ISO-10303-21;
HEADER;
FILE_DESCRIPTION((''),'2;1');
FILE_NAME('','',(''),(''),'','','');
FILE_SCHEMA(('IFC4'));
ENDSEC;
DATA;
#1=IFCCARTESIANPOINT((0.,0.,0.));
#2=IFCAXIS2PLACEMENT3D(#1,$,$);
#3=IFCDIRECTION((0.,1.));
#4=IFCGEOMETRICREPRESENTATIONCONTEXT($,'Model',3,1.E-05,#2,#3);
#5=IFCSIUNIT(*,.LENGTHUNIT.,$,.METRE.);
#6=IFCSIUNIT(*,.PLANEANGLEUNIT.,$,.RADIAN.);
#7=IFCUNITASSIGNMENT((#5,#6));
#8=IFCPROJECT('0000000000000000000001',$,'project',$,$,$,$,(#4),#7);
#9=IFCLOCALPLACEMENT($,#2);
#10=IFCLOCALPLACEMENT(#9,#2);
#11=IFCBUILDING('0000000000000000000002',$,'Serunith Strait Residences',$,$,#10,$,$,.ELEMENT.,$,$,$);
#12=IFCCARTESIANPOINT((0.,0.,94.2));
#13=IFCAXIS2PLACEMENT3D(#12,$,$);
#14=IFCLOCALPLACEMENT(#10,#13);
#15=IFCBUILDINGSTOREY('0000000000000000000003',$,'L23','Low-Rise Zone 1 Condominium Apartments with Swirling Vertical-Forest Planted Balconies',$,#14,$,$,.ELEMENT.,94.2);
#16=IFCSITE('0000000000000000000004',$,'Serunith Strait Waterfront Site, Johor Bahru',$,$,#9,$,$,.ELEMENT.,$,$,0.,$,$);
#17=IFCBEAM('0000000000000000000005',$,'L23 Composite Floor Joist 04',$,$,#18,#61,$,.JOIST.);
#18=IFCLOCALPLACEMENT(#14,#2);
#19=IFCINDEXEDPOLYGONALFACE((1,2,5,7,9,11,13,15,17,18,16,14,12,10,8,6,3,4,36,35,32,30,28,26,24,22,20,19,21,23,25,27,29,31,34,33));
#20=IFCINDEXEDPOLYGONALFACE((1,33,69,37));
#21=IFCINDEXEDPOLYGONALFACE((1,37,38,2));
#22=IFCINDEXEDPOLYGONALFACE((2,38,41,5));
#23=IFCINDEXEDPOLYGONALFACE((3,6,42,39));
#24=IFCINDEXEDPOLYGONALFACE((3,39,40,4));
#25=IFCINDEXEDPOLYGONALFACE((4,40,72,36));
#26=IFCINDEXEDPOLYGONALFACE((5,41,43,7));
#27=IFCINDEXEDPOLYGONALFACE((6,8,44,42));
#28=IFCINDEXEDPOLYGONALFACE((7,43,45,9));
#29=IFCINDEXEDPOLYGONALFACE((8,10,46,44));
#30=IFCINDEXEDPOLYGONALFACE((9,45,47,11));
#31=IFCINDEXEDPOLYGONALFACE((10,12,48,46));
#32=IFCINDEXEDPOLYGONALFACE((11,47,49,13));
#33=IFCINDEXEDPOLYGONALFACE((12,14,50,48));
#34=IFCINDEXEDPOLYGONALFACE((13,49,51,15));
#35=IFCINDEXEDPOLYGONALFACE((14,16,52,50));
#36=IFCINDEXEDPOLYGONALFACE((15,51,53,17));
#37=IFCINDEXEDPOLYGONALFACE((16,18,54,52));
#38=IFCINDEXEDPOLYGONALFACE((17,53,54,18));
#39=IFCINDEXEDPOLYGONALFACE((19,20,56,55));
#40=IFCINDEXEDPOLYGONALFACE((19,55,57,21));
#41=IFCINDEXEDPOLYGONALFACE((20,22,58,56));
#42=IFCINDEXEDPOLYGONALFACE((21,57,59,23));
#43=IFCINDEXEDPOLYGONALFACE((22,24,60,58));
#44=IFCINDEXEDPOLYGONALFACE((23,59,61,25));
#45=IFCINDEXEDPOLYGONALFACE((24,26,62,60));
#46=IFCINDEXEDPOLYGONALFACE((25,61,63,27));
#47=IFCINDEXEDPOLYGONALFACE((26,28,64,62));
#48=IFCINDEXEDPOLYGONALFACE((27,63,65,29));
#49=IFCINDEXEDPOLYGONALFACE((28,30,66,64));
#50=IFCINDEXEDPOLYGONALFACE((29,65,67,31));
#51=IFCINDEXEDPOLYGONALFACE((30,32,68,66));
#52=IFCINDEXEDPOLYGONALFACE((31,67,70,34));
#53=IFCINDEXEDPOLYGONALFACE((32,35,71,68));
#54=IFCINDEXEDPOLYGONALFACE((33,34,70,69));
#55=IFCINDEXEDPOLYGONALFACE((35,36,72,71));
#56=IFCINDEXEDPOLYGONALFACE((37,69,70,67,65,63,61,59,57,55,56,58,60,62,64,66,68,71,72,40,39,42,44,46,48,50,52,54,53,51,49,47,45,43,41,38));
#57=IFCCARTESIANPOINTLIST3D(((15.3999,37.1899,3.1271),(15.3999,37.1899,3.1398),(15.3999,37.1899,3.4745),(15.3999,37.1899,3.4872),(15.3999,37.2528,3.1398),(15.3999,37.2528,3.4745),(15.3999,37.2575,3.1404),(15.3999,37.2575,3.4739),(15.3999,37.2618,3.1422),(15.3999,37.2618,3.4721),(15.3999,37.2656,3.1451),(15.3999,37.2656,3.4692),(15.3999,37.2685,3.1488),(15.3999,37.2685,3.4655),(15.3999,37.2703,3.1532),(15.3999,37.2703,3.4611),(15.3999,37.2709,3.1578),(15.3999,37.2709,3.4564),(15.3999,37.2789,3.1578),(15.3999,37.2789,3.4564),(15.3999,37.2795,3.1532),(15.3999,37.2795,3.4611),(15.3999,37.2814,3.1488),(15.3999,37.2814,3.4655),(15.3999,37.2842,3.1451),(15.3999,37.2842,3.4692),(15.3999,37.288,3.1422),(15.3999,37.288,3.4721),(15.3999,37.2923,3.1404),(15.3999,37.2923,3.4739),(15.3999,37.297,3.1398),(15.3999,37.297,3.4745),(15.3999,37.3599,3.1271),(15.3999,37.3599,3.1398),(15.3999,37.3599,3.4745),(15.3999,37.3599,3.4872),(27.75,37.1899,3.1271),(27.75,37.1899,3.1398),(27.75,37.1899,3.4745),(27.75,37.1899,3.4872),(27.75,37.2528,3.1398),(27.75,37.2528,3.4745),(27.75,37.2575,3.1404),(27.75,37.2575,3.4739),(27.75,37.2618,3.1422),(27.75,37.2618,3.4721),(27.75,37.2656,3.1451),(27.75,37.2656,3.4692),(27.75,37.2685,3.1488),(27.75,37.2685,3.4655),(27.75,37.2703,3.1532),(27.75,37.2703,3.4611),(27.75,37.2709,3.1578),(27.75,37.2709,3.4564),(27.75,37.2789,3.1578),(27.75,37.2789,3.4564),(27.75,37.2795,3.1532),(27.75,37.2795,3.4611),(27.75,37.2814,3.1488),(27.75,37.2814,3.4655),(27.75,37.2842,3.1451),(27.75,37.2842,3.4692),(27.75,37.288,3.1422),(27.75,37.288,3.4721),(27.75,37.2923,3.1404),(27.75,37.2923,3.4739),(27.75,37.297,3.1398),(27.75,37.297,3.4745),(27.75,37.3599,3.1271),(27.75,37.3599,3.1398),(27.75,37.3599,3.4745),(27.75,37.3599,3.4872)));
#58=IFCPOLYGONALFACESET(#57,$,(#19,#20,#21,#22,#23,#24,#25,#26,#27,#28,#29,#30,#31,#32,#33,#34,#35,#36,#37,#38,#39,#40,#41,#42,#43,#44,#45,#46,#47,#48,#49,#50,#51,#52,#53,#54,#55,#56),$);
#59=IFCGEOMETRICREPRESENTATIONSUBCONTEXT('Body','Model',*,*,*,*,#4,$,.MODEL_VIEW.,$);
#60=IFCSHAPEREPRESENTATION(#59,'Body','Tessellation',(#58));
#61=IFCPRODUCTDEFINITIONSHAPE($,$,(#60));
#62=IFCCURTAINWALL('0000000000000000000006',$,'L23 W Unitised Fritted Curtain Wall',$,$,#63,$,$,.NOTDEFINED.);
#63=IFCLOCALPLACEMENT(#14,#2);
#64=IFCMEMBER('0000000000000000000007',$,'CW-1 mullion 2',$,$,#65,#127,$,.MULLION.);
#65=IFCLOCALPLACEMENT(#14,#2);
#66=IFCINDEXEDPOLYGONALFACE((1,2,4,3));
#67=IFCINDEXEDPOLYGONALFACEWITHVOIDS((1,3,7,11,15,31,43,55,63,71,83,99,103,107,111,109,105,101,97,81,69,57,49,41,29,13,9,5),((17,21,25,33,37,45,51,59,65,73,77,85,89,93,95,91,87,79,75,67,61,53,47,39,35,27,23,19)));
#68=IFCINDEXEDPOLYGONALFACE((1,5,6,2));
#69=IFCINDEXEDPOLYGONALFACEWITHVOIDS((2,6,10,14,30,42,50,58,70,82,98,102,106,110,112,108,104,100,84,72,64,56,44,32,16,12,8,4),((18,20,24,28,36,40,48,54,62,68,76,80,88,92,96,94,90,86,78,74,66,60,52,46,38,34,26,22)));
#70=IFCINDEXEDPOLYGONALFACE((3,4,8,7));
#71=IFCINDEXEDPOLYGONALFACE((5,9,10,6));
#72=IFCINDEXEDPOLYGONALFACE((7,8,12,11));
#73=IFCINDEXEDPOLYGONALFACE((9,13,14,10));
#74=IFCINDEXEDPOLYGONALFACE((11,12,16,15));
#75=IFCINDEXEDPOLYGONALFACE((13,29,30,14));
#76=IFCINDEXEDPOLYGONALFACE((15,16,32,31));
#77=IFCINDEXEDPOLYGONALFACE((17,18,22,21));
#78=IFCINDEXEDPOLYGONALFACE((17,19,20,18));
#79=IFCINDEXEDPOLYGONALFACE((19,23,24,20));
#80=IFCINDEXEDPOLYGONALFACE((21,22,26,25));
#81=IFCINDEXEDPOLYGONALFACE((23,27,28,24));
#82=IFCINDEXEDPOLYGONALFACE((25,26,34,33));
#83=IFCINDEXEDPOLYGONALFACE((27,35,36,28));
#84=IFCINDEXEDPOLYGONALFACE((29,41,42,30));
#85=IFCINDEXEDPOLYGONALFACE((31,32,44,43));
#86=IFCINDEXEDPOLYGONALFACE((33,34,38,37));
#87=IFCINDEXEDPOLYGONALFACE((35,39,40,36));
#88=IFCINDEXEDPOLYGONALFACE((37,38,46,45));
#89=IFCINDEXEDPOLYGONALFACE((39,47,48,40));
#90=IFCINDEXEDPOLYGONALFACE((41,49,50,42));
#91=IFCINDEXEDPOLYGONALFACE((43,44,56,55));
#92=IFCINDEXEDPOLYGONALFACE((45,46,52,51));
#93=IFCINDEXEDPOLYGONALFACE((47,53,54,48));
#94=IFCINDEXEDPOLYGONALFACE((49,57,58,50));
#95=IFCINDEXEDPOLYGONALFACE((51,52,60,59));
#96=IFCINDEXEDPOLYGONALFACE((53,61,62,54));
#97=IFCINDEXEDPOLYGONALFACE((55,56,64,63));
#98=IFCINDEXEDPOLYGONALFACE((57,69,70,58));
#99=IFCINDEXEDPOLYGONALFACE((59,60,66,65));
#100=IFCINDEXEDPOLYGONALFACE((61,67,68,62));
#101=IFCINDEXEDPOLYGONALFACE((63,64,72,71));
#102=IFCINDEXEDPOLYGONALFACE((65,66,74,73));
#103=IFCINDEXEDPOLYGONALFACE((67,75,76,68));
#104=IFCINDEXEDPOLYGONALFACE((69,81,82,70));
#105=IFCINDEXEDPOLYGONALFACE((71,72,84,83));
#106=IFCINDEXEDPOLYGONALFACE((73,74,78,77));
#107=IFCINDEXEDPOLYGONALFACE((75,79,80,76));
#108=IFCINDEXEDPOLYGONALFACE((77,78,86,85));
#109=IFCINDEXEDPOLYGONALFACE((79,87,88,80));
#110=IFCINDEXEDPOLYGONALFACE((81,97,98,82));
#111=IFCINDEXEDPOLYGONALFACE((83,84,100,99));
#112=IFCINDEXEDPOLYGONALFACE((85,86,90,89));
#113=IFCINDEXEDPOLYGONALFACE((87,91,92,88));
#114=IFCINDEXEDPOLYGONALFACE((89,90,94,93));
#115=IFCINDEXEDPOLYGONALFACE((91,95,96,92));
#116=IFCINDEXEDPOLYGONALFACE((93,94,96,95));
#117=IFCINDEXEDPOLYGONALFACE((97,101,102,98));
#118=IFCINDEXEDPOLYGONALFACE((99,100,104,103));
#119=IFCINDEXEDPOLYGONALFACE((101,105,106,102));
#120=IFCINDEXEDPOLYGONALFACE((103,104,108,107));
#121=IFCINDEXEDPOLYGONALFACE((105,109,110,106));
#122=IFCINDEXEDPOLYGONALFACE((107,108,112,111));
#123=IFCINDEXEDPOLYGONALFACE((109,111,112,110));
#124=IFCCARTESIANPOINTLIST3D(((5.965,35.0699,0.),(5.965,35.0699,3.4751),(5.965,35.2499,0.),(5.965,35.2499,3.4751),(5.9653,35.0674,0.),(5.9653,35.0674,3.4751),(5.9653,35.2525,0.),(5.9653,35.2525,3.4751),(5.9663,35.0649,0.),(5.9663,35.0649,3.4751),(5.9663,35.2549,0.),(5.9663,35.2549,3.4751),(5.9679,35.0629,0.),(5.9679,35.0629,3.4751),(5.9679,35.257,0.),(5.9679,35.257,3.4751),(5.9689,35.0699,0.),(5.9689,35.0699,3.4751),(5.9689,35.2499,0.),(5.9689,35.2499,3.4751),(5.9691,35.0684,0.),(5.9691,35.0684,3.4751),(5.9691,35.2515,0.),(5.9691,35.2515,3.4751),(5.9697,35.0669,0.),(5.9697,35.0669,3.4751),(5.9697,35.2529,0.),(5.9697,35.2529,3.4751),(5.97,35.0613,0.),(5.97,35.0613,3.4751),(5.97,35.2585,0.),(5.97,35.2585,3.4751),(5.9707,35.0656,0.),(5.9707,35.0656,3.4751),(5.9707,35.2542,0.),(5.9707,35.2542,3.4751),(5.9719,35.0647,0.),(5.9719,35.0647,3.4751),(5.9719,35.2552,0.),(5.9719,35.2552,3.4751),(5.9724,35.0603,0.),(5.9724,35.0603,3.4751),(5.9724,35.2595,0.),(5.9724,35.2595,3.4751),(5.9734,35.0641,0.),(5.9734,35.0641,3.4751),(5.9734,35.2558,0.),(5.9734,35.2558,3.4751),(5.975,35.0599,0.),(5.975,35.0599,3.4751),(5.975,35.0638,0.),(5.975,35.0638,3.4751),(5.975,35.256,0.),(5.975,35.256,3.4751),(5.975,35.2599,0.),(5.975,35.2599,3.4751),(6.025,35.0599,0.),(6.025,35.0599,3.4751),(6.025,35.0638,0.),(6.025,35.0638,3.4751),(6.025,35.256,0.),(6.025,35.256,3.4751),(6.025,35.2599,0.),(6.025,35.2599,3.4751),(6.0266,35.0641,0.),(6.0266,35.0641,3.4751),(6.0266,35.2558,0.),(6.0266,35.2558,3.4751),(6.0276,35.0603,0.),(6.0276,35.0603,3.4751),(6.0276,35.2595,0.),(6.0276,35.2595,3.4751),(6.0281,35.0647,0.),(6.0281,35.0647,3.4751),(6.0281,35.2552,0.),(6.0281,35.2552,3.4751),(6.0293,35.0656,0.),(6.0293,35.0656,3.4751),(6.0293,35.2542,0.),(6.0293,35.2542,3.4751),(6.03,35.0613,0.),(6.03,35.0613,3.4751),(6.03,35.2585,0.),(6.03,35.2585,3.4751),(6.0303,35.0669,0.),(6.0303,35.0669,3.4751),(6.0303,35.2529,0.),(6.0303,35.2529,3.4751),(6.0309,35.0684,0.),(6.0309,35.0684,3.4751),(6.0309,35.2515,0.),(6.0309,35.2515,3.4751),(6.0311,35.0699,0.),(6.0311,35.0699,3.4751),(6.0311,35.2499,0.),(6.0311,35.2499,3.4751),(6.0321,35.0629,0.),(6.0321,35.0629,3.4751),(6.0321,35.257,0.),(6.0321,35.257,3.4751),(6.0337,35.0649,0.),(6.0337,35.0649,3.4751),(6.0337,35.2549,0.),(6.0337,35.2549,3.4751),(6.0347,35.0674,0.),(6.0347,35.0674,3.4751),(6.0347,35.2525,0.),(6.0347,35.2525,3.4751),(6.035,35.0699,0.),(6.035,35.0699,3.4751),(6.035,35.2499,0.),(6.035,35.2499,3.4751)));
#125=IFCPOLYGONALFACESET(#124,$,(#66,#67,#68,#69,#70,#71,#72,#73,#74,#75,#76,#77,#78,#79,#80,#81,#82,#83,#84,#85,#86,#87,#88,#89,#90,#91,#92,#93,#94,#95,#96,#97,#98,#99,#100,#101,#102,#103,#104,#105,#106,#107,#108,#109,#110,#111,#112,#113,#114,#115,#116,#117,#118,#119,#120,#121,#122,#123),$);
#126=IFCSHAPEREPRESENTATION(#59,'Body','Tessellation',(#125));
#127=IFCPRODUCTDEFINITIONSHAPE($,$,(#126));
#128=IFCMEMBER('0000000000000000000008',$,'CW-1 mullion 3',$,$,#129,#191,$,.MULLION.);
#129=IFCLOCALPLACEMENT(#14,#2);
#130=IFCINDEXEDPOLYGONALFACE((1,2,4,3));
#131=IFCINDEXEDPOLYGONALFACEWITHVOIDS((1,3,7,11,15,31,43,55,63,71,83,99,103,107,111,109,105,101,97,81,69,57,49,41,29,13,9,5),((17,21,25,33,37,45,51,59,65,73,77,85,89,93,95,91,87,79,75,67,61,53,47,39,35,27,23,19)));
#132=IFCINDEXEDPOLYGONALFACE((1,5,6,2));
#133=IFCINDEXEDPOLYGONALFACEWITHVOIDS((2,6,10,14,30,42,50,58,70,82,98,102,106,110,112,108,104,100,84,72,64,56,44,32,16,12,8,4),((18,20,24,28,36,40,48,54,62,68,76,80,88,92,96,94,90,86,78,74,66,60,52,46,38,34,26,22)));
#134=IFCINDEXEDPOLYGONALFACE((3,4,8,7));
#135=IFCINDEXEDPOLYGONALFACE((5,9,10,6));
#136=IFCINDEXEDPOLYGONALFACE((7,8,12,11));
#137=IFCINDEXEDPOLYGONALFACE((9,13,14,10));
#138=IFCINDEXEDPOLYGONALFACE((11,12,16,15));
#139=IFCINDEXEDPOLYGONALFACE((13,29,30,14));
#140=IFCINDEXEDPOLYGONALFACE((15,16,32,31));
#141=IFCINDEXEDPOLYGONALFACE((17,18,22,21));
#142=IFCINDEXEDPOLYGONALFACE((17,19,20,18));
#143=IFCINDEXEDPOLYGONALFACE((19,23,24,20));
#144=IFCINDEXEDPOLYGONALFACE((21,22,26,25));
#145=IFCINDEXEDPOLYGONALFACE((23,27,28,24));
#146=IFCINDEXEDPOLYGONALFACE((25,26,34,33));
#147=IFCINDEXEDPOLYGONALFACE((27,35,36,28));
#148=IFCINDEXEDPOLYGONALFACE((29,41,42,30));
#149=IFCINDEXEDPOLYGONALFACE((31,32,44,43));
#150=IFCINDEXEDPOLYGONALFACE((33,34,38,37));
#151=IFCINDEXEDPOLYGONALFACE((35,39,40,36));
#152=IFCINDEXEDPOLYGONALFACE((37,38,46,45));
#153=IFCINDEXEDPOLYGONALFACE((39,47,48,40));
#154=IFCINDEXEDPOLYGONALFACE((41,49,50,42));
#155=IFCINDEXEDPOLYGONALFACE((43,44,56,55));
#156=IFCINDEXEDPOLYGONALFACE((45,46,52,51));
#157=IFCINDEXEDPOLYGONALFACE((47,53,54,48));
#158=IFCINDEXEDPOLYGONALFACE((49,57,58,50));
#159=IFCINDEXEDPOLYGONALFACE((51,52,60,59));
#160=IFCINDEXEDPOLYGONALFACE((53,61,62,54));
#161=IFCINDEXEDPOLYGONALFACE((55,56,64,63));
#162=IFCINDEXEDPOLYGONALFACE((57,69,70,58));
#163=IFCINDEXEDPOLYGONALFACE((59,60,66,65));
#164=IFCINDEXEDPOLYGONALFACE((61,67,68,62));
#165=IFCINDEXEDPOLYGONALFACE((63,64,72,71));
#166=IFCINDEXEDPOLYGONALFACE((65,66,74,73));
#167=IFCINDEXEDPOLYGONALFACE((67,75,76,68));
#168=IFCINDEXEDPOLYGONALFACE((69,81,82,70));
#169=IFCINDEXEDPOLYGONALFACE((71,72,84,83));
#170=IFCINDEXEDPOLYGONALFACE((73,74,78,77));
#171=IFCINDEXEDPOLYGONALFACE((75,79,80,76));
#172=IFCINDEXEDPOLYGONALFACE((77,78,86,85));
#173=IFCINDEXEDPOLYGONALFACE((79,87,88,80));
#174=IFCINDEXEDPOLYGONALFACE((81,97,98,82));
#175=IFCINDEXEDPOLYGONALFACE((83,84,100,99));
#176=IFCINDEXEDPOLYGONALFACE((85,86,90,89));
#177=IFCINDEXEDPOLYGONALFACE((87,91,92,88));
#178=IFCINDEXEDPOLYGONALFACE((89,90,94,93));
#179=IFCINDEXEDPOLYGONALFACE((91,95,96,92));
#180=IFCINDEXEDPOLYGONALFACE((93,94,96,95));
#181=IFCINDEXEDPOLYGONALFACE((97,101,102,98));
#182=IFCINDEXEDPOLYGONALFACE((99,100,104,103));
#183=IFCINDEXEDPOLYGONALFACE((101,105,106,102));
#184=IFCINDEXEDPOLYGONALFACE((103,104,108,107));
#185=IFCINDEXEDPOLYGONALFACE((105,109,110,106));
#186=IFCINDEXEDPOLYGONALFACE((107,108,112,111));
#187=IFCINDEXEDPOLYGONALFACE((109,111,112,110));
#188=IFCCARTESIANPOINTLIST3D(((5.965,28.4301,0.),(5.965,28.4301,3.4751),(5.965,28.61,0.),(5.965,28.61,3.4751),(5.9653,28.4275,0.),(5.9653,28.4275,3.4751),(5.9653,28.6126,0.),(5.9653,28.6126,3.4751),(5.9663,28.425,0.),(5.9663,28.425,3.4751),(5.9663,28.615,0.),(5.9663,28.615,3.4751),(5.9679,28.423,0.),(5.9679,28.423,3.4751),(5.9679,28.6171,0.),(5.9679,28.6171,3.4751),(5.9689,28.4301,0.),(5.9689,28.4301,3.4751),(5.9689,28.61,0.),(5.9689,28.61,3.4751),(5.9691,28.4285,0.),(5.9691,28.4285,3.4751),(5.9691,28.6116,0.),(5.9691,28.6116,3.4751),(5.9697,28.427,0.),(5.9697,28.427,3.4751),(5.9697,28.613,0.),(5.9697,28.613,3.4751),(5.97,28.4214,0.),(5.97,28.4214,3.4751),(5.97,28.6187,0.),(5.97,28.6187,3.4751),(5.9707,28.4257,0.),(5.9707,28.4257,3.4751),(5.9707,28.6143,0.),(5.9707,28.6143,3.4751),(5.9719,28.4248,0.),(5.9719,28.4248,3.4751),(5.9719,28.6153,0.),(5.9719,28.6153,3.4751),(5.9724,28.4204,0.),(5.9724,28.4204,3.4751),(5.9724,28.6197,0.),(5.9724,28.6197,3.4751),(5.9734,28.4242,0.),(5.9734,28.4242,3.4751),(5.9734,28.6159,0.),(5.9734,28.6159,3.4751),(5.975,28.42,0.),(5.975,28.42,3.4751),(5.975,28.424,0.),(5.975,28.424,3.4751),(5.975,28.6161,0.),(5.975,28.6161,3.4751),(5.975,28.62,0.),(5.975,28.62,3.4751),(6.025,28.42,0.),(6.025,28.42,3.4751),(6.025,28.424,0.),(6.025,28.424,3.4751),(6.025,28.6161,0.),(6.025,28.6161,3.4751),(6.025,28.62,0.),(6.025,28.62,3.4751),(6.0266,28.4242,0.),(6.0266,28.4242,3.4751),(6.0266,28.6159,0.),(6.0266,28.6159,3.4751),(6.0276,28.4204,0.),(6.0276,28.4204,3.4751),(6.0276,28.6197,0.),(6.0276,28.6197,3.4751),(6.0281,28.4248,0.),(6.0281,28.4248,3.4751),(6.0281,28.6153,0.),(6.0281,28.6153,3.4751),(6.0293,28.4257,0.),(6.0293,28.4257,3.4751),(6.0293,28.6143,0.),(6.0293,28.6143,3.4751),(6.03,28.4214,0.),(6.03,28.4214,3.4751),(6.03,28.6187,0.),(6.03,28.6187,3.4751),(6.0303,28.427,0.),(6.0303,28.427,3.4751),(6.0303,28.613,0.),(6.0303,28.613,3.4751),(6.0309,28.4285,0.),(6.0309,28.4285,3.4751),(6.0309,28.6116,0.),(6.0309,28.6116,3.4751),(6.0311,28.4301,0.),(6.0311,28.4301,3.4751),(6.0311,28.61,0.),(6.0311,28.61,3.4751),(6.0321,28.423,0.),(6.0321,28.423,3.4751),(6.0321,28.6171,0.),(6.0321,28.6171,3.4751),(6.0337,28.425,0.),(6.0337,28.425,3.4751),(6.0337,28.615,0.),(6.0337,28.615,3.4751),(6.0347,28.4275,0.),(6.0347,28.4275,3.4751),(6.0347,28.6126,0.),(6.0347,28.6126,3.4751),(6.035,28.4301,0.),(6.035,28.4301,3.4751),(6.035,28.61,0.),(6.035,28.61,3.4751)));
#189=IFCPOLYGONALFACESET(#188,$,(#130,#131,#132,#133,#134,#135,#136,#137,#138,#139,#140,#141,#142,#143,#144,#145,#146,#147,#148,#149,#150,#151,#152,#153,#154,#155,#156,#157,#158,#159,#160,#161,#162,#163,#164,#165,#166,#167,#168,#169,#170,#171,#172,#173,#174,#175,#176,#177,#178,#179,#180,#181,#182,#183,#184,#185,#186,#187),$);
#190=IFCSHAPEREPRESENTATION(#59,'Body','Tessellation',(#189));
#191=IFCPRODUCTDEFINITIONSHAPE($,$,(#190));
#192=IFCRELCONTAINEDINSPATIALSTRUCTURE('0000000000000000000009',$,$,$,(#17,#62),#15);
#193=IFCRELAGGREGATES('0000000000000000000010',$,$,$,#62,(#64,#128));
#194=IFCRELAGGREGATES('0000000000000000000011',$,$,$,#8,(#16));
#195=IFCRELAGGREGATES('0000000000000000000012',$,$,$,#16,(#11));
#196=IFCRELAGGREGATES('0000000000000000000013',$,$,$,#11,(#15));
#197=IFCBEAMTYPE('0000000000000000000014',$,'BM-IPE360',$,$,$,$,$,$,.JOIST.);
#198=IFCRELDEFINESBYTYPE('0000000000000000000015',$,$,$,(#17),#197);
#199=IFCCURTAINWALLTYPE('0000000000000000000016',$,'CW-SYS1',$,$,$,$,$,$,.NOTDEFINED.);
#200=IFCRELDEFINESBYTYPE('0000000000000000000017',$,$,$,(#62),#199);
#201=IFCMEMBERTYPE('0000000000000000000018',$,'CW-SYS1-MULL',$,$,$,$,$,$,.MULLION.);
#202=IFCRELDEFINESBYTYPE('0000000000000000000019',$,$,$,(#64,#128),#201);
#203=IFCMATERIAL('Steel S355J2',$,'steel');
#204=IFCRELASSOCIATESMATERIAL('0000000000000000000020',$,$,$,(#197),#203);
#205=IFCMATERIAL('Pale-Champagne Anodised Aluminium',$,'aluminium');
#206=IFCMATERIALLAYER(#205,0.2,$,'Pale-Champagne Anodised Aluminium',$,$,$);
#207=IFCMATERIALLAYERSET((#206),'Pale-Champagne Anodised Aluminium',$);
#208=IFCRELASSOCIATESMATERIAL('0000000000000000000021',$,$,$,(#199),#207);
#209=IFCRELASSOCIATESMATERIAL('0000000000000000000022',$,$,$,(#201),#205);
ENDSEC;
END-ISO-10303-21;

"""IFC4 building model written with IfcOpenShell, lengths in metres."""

from ifc_helpers import new_model, si_unit, direction, frame, origin, origin_2d, place, context, subcontext, project, spatial, hollow_rectangle, i_section, extrude, source, transform, mapped, material, layer, layer_set, material_profile, profile_set, type_object, element, aggregate, save


model = new_model("IFC4")

# Units and contexts
model_context = context("Model", 3, precision=1e-05, world=origin(), true_north=direction((0.0, 1.0)))
body_context = subcontext(model_context, "Body", "Model", "MODEL_VIEW")
ifc_project = project(units=[si_unit("LENGTHUNIT", "METRE"), si_unit("PLANEANGLEUNIT", "RADIAN")], contexts=[model_context])

# Site, building, storey
site_placement = place(None, origin())
site = spatial("IfcSite", under=ifc_project, at=site_placement, Name="Serunith Strait Waterfront Site, Johor Bahru", CompositionType="ELEMENT", RefElevation=0.0)
building_placement = place(site_placement, origin())
building = spatial("IfcBuilding", under=site, at=building_placement, Name="Serunith Strait Residences", CompositionType="ELEMENT")
storey_placement = place(building_placement, frame((0.0, 0.0, 94.2)))
storey = spatial("IfcBuildingStorey", under=building, at=storey_placement, Name="L23", Description="Low-Rise Zone 1 Condominium Apartments with Swirling Vertical-Forest Planted Balconies", CompositionType="ELEMENT", Elevation=94.2)

# Beam
ifc_material_1 = material(Name="Steel S355J2", Category="steel")
ifc_material_profile_1 = material_profile(ifc_material_1, i_section(OverallWidth=0.1699, OverallDepth=0.3601, WebThickness=0.0081, FlangeThickness=0.0127, FilletRadius=0.0181, at=origin_2d()), Name="IPE 360")
ifc_profile_set_1 = profile_set([ifc_material_profile_1], Name="Steel S355J2")
beam_type_1 = type_object("IfcBeamType", Name="BM-IPE360", PredefinedType="JOIST", material=ifc_profile_set_1)
shared_shape_1 = source(origin(), body_context, "Body", "SweptSolid", [
    extrude(i_section(OverallWidth=0.1699, OverallDepth=0.3601, WebThickness=0.0081, FlangeThickness=0.0127, FilletRadius=0.0181, at=origin_2d()), origin(), (0.0, 0.0, 1.0), 12.3501),
])
beam_1_placement = place(storey_placement, frame((15.3999, 37.2749, 3.3071), z_axis=(1.0, 0.0, 0.0), x_axis=(0.0, 1.0, 0.0)))
element("IfcBeam", 1, at=beam_1_placement, inside=storey, type_object=beam_type_1, Name="L23 Composite Floor Joist 04", PredefinedType="JOIST", context=body_context, shape_type="MappedRepresentation", body=[
    mapped(shared_shape_1, transform((0.0, 0.0, 0.0), scale=1.0)),
])

# Curtain wall, members
ifc_material_2 = material(Name="Pale-Champagne Anodised Aluminium", Category="aluminium")
ifc_layer_1 = layer(ifc_material_2, 0.2, Name="Pale-Champagne Anodised Aluminium")
ifc_layer_set_1 = layer_set([ifc_layer_1], Name="Pale-Champagne Anodised Aluminium")
curtain_wall_type = type_object("IfcCurtainWallType", Name="CW-SYS1", PredefinedType="NOTDEFINED", material=ifc_layer_set_1)
curtain_wall_placement = place(storey_placement, origin())
curtain_wall = element("IfcCurtainWall", 2, at=curtain_wall_placement, inside=storey, type_object=curtain_wall_type, Name="L23 W Unitised Fritted Curtain Wall", PredefinedType="NOTDEFINED")
ifc_material_profile_2 = material_profile(ifc_material_2, hollow_rectangle(XDim=0.0701, YDim=0.2, WallThickness=0.0039, InnerFilletRadius=0.0061, OuterFilletRadius=0.01, at=origin_2d()), Name="ALU 200x70x4")
ifc_profile_set_2 = profile_set([ifc_material_profile_2], Name="Pale-Champagne Anodised Aluminium")
member_type_1 = type_object("IfcMemberType", Name="CW-SYS1-MULL", PredefinedType="MULLION", material=ifc_profile_set_2)
shared_shape_2 = source(origin(), body_context, "Body", "SweptSolid", [
    extrude(hollow_rectangle(XDim=0.0701, YDim=0.2, WallThickness=0.0039, InnerFilletRadius=0.0061, OuterFilletRadius=0.01, at=origin_2d()), origin(), (0.0, 0.0, 1.0), 3.4751),
])
member_1_placement = place(storey_placement, frame((6.0, 35.1599, 0.0), z_axis=(0.0, 0.0, 1.0), x_axis=(1.0, 0.0, 0.0)))
member_1 = element("IfcMember", 3, at=member_1_placement, type_object=member_type_1, Name="CW-1 mullion 2", PredefinedType="MULLION", context=body_context, shape_type="MappedRepresentation", body=[
    mapped(shared_shape_2, transform((0.0, 0.0, 0.0), scale=1.0)),
])
member_2_placement = place(storey_placement, frame((6.0, 28.52, 0.0), z_axis=(0.0, 0.0, 1.0), x_axis=(1.0, 0.0, 0.0)))
member_2 = element("IfcMember", 4, at=member_2_placement, type_object=member_type_1, Name="CW-1 mullion 3", PredefinedType="MULLION", context=body_context, shape_type="MappedRepresentation", body=[
    mapped(shared_shape_2, transform((0.0, 0.0, 0.0), scale=1.0)),
])
aggregate(curtain_wall, [member_1, member_2])

save(model, "model.ifc")
